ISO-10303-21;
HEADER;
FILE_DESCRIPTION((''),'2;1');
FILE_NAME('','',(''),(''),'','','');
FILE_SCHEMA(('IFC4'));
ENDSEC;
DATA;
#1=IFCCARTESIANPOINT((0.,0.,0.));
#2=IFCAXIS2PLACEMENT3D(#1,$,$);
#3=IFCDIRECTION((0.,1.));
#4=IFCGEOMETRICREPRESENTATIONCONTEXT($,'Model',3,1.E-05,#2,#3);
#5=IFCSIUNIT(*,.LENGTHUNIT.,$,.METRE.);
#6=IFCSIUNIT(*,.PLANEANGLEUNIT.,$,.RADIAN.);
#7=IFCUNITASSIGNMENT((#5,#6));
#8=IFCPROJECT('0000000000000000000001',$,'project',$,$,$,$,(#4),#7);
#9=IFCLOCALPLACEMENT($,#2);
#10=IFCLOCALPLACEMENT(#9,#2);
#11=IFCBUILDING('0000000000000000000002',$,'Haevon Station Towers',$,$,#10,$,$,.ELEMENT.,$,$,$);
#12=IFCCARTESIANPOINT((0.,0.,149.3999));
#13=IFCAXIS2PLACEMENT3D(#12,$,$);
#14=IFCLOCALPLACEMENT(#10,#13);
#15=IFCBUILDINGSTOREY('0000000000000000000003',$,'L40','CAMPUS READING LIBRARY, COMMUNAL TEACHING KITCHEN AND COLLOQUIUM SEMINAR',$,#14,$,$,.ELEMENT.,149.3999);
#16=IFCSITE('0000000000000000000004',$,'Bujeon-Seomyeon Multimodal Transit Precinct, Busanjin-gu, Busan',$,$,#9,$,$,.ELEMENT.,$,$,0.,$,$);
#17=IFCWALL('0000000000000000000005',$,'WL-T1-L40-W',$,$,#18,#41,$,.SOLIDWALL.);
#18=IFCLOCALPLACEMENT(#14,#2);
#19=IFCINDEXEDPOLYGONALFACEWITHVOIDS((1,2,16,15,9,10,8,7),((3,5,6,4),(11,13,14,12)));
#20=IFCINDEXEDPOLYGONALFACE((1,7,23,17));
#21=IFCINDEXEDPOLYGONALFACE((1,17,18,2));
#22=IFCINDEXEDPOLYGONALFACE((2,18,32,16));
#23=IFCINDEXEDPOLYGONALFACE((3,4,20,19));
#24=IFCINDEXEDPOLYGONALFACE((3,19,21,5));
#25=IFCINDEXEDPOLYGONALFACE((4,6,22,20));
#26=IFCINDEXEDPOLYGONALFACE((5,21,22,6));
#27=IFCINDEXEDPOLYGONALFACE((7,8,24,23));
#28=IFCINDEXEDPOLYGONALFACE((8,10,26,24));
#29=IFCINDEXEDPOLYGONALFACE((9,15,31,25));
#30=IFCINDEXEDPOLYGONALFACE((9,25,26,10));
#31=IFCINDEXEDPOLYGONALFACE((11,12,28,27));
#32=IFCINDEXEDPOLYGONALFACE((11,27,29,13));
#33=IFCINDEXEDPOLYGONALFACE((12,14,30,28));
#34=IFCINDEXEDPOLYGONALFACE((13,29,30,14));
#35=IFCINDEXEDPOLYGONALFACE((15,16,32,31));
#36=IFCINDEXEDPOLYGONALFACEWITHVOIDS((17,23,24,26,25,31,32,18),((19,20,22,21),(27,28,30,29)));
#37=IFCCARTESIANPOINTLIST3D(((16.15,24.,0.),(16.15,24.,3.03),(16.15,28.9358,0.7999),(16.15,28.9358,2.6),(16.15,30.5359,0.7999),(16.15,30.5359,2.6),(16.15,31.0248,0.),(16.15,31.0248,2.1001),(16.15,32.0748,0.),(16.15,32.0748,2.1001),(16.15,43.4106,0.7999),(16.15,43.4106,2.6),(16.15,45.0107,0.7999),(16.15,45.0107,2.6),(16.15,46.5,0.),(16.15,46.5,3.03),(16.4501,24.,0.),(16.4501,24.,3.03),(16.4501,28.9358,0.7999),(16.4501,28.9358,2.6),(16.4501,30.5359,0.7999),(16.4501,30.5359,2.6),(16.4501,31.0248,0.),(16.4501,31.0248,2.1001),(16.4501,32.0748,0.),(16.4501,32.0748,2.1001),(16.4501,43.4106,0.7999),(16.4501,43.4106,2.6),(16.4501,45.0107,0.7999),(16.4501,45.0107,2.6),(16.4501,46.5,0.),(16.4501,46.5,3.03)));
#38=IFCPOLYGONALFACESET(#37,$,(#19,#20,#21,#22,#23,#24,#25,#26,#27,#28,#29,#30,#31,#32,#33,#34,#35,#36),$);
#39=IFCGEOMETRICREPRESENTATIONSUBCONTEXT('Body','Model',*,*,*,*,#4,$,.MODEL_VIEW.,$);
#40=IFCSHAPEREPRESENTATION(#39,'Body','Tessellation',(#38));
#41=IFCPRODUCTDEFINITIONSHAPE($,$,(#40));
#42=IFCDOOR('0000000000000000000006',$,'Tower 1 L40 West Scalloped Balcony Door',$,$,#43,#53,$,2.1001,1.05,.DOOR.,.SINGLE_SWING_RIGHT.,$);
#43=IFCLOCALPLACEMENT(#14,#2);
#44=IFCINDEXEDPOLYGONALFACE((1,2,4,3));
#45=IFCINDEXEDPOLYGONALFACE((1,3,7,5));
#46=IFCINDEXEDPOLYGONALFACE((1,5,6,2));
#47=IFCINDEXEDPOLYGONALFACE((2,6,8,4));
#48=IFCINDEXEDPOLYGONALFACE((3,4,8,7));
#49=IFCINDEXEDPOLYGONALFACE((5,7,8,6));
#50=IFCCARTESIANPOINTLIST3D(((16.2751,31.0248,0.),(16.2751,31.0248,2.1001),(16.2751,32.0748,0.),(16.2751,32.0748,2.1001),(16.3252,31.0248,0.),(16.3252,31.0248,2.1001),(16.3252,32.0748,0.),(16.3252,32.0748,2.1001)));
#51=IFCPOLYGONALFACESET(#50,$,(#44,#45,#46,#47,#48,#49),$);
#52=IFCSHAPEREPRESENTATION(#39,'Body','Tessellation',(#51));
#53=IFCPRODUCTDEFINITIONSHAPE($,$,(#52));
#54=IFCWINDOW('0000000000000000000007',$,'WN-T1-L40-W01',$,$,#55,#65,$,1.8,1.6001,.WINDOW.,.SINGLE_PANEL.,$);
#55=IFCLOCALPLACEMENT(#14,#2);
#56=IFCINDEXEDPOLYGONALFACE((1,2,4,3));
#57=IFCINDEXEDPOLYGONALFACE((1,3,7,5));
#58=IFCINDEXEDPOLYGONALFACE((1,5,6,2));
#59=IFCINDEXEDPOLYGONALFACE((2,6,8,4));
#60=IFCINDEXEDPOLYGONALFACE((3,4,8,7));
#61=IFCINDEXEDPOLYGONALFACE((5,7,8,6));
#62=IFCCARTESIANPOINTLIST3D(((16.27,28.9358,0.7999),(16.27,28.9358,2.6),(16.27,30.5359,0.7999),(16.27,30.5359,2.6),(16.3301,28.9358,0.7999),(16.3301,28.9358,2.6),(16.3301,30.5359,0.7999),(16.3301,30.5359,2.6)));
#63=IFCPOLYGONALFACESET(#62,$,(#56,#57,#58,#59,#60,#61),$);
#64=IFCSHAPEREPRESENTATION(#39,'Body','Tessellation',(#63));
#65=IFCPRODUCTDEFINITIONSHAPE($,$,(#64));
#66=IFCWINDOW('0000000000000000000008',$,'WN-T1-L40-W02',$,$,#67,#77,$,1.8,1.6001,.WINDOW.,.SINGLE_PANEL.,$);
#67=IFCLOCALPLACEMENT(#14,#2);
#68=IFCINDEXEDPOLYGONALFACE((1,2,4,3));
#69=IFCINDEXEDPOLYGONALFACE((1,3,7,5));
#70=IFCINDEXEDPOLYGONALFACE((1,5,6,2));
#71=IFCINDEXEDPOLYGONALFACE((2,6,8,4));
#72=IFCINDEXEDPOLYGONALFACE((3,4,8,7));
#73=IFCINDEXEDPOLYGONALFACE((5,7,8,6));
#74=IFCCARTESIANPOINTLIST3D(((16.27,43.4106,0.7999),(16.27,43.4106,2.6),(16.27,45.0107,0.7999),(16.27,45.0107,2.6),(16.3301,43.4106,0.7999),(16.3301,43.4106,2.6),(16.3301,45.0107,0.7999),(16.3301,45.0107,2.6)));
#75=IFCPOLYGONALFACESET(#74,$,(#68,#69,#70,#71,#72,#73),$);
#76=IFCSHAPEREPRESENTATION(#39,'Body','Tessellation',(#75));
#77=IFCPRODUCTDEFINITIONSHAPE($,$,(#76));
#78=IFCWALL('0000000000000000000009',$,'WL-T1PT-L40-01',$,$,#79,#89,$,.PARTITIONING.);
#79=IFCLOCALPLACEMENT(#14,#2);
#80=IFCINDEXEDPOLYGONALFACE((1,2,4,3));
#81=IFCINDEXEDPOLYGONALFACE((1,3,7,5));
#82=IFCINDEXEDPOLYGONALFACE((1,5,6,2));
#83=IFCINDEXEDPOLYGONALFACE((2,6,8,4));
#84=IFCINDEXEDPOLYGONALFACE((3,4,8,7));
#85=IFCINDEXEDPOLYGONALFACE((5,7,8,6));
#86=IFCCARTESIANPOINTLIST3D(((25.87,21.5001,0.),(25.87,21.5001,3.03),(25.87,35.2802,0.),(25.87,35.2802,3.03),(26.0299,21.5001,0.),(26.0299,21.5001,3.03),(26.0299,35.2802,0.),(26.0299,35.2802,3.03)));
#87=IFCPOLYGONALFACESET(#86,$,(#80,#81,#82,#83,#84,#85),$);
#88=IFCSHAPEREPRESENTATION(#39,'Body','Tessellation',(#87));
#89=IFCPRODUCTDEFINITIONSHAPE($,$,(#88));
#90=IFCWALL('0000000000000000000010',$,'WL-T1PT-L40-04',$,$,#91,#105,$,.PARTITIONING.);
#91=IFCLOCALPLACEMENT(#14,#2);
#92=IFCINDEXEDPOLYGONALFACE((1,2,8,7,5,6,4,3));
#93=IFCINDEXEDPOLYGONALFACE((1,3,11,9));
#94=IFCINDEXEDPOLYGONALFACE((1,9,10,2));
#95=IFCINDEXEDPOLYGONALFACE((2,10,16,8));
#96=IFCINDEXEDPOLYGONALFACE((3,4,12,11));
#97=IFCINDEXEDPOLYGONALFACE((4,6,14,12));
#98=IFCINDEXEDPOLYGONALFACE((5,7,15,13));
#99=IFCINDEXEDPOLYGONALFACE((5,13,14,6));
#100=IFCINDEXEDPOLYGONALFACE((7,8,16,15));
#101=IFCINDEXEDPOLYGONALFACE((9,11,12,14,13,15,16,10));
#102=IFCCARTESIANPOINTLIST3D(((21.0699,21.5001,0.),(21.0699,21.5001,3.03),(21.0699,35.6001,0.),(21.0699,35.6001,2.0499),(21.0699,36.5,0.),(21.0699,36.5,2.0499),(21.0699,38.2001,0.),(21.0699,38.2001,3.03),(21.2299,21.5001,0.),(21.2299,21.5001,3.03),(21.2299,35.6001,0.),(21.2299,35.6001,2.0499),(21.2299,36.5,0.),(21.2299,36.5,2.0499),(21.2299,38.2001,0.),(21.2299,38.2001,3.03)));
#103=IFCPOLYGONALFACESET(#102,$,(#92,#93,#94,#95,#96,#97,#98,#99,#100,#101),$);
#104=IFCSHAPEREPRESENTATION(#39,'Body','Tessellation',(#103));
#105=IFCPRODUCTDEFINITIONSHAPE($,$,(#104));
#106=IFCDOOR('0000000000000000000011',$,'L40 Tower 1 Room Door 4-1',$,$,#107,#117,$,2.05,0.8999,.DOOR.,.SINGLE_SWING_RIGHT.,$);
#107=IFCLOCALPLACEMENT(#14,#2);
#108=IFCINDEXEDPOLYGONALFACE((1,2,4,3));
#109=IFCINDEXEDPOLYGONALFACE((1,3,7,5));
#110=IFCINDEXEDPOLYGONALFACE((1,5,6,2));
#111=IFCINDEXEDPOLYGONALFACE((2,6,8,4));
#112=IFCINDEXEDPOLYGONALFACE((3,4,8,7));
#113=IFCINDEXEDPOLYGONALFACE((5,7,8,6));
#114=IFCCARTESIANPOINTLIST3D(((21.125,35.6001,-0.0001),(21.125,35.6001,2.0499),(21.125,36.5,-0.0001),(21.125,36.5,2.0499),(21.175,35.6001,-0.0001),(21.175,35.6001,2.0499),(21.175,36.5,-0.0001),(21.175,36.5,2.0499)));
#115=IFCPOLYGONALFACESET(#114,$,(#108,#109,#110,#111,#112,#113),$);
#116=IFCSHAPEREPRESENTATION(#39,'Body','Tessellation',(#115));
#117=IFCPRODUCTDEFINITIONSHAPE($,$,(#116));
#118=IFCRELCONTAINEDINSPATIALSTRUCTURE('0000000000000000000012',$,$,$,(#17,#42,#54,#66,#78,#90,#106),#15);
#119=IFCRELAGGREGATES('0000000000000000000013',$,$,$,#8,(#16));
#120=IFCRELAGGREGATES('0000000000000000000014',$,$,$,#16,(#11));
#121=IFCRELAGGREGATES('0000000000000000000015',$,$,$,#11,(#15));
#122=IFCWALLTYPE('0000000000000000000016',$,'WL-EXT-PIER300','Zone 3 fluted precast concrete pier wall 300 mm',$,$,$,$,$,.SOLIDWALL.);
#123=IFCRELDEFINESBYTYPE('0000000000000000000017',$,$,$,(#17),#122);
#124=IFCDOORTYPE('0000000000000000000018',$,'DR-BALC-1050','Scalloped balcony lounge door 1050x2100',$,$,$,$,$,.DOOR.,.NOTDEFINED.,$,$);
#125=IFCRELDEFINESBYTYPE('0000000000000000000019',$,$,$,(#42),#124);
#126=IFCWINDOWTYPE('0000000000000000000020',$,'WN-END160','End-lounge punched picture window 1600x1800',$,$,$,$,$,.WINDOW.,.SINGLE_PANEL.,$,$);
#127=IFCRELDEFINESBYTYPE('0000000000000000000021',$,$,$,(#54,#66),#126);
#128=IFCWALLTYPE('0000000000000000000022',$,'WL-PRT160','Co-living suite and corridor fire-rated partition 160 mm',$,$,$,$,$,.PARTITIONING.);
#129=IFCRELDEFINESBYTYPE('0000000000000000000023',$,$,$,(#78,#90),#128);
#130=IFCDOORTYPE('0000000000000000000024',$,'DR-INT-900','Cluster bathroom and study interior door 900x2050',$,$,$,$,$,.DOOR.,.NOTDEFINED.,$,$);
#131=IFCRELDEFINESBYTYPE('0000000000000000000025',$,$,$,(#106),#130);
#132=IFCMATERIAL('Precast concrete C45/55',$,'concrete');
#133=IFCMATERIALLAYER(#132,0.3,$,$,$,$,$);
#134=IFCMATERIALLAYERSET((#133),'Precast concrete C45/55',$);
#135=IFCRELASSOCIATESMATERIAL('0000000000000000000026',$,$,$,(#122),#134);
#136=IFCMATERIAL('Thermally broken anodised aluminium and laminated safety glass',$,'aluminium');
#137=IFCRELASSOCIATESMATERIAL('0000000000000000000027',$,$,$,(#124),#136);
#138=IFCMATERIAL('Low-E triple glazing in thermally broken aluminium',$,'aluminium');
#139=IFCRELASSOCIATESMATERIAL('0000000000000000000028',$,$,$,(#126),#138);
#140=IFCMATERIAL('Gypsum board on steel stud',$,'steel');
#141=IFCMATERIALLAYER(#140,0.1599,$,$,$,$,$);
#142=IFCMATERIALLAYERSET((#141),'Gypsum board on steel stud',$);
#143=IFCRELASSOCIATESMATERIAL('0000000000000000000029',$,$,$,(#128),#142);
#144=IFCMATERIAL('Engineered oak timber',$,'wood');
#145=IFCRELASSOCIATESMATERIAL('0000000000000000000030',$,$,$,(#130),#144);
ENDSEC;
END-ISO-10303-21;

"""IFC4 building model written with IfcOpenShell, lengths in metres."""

from ifc_helpers import new_model, si_unit, direction, frame, frame_2d, origin, place, context, subcontext, project, spatial, rectangle, extrude, material, layer, layer_set, type_object, element, fill, save


model = new_model("IFC4")

# Units and contexts
model_context = context("Model", 3, precision=1e-05, world=origin(), true_north=direction((0.0, 1.0)))
body_context = subcontext(model_context, "Body", "Model", "MODEL_VIEW")
ifc_project = project(units=[si_unit("LENGTHUNIT", "METRE"), si_unit("PLANEANGLEUNIT", "RADIAN")], contexts=[model_context])

# Site, building, storey
site_placement = place(None, origin())
site = spatial("IfcSite", under=ifc_project, at=site_placement, Name="Bujeon-Seomyeon Multimodal Transit Precinct, Busanjin-gu, Busan", CompositionType="ELEMENT", RefElevation=0.0)
building_placement = place(site_placement, origin())
building = spatial("IfcBuilding", under=site, at=building_placement, Name="Haevon Station Towers", CompositionType="ELEMENT")
storey_placement = place(building_placement, frame((0.0, 0.0, 149.3999)))
storey = spatial("IfcBuildingStorey", under=building, at=storey_placement, Name="L40", Description="CAMPUS READING LIBRARY, COMMUNAL TEACHING KITCHEN AND COLLOQUIUM SEMINAR", CompositionType="ELEMENT", Elevation=149.3999)

# Shared definitions
ifc_material_1 = material(Name="Precast concrete C45/55", Category="concrete")
ifc_layer_1 = layer(ifc_material_1, 0.3)
ifc_layer_set_1 = layer_set([ifc_layer_1], Name="Precast concrete C45/55")
wall_type_1 = type_object("IfcWallType", Name="WL-EXT-PIER300", Description="Zone 3 fluted precast concrete pier wall 300 mm", PredefinedType="SOLIDWALL", material=ifc_layer_set_1)

# Wall, openings, door, windows
wall_1_placement = place(storey_placement, frame((16.3, 24.0, 0.0), z_axis=(0.0, 0.0, 1.0), x_axis=(0.0, 1.0, 0.0)))
wall_1 = element("IfcWall", 1, at=wall_1_placement, inside=storey, type_object=wall_type_1, Name="WL-T1-L40-W", PredefinedType="SOLIDWALL", context=body_context, shape_type="SweptSolid", body=[
    extrude(rectangle(XDim=22.5, YDim=0.3, at=frame_2d((11.25, 0.0))), origin(), (0.0, 0.0, 1.0), 3.03),
])
opening_1_placement = place(wall_1_placement, frame((7.0249, 0.0, 0.0)))
opening_1 = element("IfcOpeningElement", 2, at=opening_1_placement, cuts=wall_1, PredefinedType="OPENING", context=body_context, shape_type="SweptSolid", body=[
    extrude(rectangle(XDim=1.05, YDim=2.1001, at=frame_2d((0.5249, 1.05))), frame((0.0, 0.1599, 0.0), z_axis=(0.0, -1.0, 0.0), x_axis=(1.0, 0.0, 0.0)), (0.0, 0.0, 1.0), 0.3201),
])
opening_2_placement = place(wall_1_placement, frame((4.9358, 0.0, 0.8)))
opening_2 = element("IfcOpeningElement", 3, at=opening_2_placement, cuts=wall_1, PredefinedType="OPENING", context=body_context, shape_type="SweptSolid", body=[
    extrude(rectangle(XDim=1.6001, YDim=1.8, at=frame_2d((0.8, 0.8999))), frame((0.0, 0.1599, 0.0), z_axis=(0.0, -1.0, 0.0), x_axis=(1.0, 0.0, 0.0)), (0.0, 0.0, 1.0), 0.3201),
])
opening_3_placement = place(wall_1_placement, frame((19.4106, 0.0, 0.8)))
opening_3 = element("IfcOpeningElement", 4, at=opening_3_placement, cuts=wall_1, PredefinedType="OPENING", context=body_context, shape_type="SweptSolid", body=[
    extrude(rectangle(XDim=1.6001, YDim=1.8, at=frame_2d((0.8, 0.8999))), frame((0.0, 0.1599, 0.0), z_axis=(0.0, -1.0, 0.0), x_axis=(1.0, 0.0, 0.0)), (0.0, 0.0, 1.0), 0.3201),
])
ifc_material_2 = material(Name="Thermally broken anodised aluminium and laminated safety glass", Category="aluminium")
door_type_1 = type_object("IfcDoorType", Name="DR-BALC-1050", Description="Scalloped balcony lounge door 1050x2100", OperationType="NOTDEFINED", PredefinedType="DOOR", material=ifc_material_2)
door_1_placement = place(opening_1_placement, origin())
door_1 = element("IfcDoor", 5, at=door_1_placement, inside=storey, type_object=door_type_1, Name="Tower 1 L40 West Scalloped Balcony Door", OperationType="SINGLE_SWING_RIGHT", OverallHeight=2.1001, OverallWidth=1.05, PredefinedType="DOOR", context=body_context, shape_type="SweptSolid", body=[
    extrude(rectangle(XDim=1.05, YDim=2.1001, at=frame_2d((0.5249, 1.05))), frame((0.0, 0.0249, 0.0), z_axis=(0.0, -1.0, 0.0), x_axis=(1.0, 0.0, 0.0)), (0.0, 0.0, 1.0), 0.05),
])
fill(opening_1, door_1)
ifc_material_3 = material(Name="Low-E triple glazing in thermally broken aluminium", Category="aluminium")
window_type = type_object("IfcWindowType", Name="WN-END160", Description="End-lounge punched picture window 1600x1800", PartitioningType="SINGLE_PANEL", PredefinedType="WINDOW", material=ifc_material_3)
window_1_placement = place(opening_2_placement, origin())
window_1 = element("IfcWindow", 6, at=window_1_placement, inside=storey, type_object=window_type, Name="WN-T1-L40-W01", OverallHeight=1.8, OverallWidth=1.6001, PartitioningType="SINGLE_PANEL", PredefinedType="WINDOW", context=body_context, shape_type="SweptSolid", body=[
    extrude(rectangle(XDim=1.6001, YDim=1.8, at=frame_2d((0.8, 0.8999))), frame((0.0, 0.03, 0.0), z_axis=(0.0, -1.0, 0.0), x_axis=(1.0, 0.0, 0.0)), (0.0, 0.0, 1.0), 0.0601),
])
fill(opening_2, window_1)
window_2_placement = place(opening_3_placement, origin())
window_2 = element("IfcWindow", 7, at=window_2_placement, inside=storey, type_object=window_type, Name="WN-T1-L40-W02", OverallHeight=1.8, OverallWidth=1.6001, PartitioningType="SINGLE_PANEL", PredefinedType="WINDOW", context=body_context, shape_type="SweptSolid", body=[
    extrude(rectangle(XDim=1.6001, YDim=1.8, at=frame_2d((0.8, 0.8999))), frame((0.0, 0.03, 0.0), z_axis=(0.0, -1.0, 0.0), x_axis=(1.0, 0.0, 0.0)), (0.0, 0.0, 1.0), 0.0601),
])
fill(opening_3, window_2)

# Wall
ifc_material_4 = material(Name="Gypsum board on steel stud", Category="steel")
ifc_layer_2 = layer(ifc_material_4, 0.1599)
ifc_layer_set_2 = layer_set([ifc_layer_2], Name="Gypsum board on steel stud")
wall_type_2 = type_object("IfcWallType", Name="WL-PRT160", Description="Co-living suite and corridor fire-rated partition 160 mm", PredefinedType="PARTITIONING", material=ifc_layer_set_2)
wall_2_placement = place(storey_placement, frame((25.95, 21.5, 0.0), z_axis=(0.0, 0.0, 1.0), x_axis=(0.0, 1.0, 0.0)))
element("IfcWall", 8, at=wall_2_placement, inside=storey, type_object=wall_type_2, Name="WL-T1PT-L40-01", PredefinedType="PARTITIONING", context=body_context, shape_type="SweptSolid", body=[
    extrude(rectangle(XDim=13.78, YDim=0.1599, at=frame_2d((6.8901, 0.0))), origin(), (0.0, 0.0, 1.0), 3.03),
])

# Wall, opening, door
wall_3_placement = place(storey_placement, frame((21.1499, 21.5, 0.0), z_axis=(0.0, 0.0, 1.0), x_axis=(0.0, 1.0, 0.0)))
wall_3 = element("IfcWall", 9, at=wall_3_placement, inside=storey, type_object=wall_type_2, Name="WL-T1PT-L40-04", PredefinedType="PARTITIONING", context=body_context, shape_type="SweptSolid", body=[
    extrude(rectangle(XDim=16.7, YDim=0.1599, at=frame_2d((8.3501, 0.0))), origin(), (0.0, 0.0, 1.0), 3.03),
])
opening_4_placement = place(wall_3_placement, frame((14.1001, 0.0, 0.0)))
opening_4 = element("IfcOpeningElement", 10, at=opening_4_placement, cuts=wall_3, PredefinedType="OPENING", context=body_context, shape_type="SweptSolid", body=[
    extrude(rectangle(XDim=0.8999, YDim=2.05, at=frame_2d((0.45, 1.0249))), frame((0.0, 0.0898, 0.0), z_axis=(0.0, -1.0, 0.0), x_axis=(1.0, 0.0, 0.0)), (0.0, 0.0, 1.0), 0.1799),
])
ifc_material_5 = material(Name="Engineered oak timber", Category="wood")
door_type_2 = type_object("IfcDoorType", Name="DR-INT-900", Description="Cluster bathroom and study interior door 900x2050", OperationType="NOTDEFINED", PredefinedType="DOOR", material=ifc_material_5)
door_2_placement = place(opening_4_placement, origin())
door_2 = element("IfcDoor", 11, at=door_2_placement, inside=storey, type_object=door_type_2, Name="L40 Tower 1 Room Door 4-1", OperationType="SINGLE_SWING_RIGHT", OverallHeight=2.05, OverallWidth=0.8999, PredefinedType="DOOR", context=body_context, shape_type="SweptSolid", body=[
    extrude(rectangle(XDim=0.8999, YDim=2.05, at=frame_2d((0.45, 1.0249))), frame((0.0, 0.0249, 0.0), z_axis=(0.0, -1.0, 0.0), x_axis=(1.0, 0.0, 0.0)), (0.0, 0.0, 1.0), 0.05),
])
fill(opening_4, door_2)

save(model, "model.ifc")
